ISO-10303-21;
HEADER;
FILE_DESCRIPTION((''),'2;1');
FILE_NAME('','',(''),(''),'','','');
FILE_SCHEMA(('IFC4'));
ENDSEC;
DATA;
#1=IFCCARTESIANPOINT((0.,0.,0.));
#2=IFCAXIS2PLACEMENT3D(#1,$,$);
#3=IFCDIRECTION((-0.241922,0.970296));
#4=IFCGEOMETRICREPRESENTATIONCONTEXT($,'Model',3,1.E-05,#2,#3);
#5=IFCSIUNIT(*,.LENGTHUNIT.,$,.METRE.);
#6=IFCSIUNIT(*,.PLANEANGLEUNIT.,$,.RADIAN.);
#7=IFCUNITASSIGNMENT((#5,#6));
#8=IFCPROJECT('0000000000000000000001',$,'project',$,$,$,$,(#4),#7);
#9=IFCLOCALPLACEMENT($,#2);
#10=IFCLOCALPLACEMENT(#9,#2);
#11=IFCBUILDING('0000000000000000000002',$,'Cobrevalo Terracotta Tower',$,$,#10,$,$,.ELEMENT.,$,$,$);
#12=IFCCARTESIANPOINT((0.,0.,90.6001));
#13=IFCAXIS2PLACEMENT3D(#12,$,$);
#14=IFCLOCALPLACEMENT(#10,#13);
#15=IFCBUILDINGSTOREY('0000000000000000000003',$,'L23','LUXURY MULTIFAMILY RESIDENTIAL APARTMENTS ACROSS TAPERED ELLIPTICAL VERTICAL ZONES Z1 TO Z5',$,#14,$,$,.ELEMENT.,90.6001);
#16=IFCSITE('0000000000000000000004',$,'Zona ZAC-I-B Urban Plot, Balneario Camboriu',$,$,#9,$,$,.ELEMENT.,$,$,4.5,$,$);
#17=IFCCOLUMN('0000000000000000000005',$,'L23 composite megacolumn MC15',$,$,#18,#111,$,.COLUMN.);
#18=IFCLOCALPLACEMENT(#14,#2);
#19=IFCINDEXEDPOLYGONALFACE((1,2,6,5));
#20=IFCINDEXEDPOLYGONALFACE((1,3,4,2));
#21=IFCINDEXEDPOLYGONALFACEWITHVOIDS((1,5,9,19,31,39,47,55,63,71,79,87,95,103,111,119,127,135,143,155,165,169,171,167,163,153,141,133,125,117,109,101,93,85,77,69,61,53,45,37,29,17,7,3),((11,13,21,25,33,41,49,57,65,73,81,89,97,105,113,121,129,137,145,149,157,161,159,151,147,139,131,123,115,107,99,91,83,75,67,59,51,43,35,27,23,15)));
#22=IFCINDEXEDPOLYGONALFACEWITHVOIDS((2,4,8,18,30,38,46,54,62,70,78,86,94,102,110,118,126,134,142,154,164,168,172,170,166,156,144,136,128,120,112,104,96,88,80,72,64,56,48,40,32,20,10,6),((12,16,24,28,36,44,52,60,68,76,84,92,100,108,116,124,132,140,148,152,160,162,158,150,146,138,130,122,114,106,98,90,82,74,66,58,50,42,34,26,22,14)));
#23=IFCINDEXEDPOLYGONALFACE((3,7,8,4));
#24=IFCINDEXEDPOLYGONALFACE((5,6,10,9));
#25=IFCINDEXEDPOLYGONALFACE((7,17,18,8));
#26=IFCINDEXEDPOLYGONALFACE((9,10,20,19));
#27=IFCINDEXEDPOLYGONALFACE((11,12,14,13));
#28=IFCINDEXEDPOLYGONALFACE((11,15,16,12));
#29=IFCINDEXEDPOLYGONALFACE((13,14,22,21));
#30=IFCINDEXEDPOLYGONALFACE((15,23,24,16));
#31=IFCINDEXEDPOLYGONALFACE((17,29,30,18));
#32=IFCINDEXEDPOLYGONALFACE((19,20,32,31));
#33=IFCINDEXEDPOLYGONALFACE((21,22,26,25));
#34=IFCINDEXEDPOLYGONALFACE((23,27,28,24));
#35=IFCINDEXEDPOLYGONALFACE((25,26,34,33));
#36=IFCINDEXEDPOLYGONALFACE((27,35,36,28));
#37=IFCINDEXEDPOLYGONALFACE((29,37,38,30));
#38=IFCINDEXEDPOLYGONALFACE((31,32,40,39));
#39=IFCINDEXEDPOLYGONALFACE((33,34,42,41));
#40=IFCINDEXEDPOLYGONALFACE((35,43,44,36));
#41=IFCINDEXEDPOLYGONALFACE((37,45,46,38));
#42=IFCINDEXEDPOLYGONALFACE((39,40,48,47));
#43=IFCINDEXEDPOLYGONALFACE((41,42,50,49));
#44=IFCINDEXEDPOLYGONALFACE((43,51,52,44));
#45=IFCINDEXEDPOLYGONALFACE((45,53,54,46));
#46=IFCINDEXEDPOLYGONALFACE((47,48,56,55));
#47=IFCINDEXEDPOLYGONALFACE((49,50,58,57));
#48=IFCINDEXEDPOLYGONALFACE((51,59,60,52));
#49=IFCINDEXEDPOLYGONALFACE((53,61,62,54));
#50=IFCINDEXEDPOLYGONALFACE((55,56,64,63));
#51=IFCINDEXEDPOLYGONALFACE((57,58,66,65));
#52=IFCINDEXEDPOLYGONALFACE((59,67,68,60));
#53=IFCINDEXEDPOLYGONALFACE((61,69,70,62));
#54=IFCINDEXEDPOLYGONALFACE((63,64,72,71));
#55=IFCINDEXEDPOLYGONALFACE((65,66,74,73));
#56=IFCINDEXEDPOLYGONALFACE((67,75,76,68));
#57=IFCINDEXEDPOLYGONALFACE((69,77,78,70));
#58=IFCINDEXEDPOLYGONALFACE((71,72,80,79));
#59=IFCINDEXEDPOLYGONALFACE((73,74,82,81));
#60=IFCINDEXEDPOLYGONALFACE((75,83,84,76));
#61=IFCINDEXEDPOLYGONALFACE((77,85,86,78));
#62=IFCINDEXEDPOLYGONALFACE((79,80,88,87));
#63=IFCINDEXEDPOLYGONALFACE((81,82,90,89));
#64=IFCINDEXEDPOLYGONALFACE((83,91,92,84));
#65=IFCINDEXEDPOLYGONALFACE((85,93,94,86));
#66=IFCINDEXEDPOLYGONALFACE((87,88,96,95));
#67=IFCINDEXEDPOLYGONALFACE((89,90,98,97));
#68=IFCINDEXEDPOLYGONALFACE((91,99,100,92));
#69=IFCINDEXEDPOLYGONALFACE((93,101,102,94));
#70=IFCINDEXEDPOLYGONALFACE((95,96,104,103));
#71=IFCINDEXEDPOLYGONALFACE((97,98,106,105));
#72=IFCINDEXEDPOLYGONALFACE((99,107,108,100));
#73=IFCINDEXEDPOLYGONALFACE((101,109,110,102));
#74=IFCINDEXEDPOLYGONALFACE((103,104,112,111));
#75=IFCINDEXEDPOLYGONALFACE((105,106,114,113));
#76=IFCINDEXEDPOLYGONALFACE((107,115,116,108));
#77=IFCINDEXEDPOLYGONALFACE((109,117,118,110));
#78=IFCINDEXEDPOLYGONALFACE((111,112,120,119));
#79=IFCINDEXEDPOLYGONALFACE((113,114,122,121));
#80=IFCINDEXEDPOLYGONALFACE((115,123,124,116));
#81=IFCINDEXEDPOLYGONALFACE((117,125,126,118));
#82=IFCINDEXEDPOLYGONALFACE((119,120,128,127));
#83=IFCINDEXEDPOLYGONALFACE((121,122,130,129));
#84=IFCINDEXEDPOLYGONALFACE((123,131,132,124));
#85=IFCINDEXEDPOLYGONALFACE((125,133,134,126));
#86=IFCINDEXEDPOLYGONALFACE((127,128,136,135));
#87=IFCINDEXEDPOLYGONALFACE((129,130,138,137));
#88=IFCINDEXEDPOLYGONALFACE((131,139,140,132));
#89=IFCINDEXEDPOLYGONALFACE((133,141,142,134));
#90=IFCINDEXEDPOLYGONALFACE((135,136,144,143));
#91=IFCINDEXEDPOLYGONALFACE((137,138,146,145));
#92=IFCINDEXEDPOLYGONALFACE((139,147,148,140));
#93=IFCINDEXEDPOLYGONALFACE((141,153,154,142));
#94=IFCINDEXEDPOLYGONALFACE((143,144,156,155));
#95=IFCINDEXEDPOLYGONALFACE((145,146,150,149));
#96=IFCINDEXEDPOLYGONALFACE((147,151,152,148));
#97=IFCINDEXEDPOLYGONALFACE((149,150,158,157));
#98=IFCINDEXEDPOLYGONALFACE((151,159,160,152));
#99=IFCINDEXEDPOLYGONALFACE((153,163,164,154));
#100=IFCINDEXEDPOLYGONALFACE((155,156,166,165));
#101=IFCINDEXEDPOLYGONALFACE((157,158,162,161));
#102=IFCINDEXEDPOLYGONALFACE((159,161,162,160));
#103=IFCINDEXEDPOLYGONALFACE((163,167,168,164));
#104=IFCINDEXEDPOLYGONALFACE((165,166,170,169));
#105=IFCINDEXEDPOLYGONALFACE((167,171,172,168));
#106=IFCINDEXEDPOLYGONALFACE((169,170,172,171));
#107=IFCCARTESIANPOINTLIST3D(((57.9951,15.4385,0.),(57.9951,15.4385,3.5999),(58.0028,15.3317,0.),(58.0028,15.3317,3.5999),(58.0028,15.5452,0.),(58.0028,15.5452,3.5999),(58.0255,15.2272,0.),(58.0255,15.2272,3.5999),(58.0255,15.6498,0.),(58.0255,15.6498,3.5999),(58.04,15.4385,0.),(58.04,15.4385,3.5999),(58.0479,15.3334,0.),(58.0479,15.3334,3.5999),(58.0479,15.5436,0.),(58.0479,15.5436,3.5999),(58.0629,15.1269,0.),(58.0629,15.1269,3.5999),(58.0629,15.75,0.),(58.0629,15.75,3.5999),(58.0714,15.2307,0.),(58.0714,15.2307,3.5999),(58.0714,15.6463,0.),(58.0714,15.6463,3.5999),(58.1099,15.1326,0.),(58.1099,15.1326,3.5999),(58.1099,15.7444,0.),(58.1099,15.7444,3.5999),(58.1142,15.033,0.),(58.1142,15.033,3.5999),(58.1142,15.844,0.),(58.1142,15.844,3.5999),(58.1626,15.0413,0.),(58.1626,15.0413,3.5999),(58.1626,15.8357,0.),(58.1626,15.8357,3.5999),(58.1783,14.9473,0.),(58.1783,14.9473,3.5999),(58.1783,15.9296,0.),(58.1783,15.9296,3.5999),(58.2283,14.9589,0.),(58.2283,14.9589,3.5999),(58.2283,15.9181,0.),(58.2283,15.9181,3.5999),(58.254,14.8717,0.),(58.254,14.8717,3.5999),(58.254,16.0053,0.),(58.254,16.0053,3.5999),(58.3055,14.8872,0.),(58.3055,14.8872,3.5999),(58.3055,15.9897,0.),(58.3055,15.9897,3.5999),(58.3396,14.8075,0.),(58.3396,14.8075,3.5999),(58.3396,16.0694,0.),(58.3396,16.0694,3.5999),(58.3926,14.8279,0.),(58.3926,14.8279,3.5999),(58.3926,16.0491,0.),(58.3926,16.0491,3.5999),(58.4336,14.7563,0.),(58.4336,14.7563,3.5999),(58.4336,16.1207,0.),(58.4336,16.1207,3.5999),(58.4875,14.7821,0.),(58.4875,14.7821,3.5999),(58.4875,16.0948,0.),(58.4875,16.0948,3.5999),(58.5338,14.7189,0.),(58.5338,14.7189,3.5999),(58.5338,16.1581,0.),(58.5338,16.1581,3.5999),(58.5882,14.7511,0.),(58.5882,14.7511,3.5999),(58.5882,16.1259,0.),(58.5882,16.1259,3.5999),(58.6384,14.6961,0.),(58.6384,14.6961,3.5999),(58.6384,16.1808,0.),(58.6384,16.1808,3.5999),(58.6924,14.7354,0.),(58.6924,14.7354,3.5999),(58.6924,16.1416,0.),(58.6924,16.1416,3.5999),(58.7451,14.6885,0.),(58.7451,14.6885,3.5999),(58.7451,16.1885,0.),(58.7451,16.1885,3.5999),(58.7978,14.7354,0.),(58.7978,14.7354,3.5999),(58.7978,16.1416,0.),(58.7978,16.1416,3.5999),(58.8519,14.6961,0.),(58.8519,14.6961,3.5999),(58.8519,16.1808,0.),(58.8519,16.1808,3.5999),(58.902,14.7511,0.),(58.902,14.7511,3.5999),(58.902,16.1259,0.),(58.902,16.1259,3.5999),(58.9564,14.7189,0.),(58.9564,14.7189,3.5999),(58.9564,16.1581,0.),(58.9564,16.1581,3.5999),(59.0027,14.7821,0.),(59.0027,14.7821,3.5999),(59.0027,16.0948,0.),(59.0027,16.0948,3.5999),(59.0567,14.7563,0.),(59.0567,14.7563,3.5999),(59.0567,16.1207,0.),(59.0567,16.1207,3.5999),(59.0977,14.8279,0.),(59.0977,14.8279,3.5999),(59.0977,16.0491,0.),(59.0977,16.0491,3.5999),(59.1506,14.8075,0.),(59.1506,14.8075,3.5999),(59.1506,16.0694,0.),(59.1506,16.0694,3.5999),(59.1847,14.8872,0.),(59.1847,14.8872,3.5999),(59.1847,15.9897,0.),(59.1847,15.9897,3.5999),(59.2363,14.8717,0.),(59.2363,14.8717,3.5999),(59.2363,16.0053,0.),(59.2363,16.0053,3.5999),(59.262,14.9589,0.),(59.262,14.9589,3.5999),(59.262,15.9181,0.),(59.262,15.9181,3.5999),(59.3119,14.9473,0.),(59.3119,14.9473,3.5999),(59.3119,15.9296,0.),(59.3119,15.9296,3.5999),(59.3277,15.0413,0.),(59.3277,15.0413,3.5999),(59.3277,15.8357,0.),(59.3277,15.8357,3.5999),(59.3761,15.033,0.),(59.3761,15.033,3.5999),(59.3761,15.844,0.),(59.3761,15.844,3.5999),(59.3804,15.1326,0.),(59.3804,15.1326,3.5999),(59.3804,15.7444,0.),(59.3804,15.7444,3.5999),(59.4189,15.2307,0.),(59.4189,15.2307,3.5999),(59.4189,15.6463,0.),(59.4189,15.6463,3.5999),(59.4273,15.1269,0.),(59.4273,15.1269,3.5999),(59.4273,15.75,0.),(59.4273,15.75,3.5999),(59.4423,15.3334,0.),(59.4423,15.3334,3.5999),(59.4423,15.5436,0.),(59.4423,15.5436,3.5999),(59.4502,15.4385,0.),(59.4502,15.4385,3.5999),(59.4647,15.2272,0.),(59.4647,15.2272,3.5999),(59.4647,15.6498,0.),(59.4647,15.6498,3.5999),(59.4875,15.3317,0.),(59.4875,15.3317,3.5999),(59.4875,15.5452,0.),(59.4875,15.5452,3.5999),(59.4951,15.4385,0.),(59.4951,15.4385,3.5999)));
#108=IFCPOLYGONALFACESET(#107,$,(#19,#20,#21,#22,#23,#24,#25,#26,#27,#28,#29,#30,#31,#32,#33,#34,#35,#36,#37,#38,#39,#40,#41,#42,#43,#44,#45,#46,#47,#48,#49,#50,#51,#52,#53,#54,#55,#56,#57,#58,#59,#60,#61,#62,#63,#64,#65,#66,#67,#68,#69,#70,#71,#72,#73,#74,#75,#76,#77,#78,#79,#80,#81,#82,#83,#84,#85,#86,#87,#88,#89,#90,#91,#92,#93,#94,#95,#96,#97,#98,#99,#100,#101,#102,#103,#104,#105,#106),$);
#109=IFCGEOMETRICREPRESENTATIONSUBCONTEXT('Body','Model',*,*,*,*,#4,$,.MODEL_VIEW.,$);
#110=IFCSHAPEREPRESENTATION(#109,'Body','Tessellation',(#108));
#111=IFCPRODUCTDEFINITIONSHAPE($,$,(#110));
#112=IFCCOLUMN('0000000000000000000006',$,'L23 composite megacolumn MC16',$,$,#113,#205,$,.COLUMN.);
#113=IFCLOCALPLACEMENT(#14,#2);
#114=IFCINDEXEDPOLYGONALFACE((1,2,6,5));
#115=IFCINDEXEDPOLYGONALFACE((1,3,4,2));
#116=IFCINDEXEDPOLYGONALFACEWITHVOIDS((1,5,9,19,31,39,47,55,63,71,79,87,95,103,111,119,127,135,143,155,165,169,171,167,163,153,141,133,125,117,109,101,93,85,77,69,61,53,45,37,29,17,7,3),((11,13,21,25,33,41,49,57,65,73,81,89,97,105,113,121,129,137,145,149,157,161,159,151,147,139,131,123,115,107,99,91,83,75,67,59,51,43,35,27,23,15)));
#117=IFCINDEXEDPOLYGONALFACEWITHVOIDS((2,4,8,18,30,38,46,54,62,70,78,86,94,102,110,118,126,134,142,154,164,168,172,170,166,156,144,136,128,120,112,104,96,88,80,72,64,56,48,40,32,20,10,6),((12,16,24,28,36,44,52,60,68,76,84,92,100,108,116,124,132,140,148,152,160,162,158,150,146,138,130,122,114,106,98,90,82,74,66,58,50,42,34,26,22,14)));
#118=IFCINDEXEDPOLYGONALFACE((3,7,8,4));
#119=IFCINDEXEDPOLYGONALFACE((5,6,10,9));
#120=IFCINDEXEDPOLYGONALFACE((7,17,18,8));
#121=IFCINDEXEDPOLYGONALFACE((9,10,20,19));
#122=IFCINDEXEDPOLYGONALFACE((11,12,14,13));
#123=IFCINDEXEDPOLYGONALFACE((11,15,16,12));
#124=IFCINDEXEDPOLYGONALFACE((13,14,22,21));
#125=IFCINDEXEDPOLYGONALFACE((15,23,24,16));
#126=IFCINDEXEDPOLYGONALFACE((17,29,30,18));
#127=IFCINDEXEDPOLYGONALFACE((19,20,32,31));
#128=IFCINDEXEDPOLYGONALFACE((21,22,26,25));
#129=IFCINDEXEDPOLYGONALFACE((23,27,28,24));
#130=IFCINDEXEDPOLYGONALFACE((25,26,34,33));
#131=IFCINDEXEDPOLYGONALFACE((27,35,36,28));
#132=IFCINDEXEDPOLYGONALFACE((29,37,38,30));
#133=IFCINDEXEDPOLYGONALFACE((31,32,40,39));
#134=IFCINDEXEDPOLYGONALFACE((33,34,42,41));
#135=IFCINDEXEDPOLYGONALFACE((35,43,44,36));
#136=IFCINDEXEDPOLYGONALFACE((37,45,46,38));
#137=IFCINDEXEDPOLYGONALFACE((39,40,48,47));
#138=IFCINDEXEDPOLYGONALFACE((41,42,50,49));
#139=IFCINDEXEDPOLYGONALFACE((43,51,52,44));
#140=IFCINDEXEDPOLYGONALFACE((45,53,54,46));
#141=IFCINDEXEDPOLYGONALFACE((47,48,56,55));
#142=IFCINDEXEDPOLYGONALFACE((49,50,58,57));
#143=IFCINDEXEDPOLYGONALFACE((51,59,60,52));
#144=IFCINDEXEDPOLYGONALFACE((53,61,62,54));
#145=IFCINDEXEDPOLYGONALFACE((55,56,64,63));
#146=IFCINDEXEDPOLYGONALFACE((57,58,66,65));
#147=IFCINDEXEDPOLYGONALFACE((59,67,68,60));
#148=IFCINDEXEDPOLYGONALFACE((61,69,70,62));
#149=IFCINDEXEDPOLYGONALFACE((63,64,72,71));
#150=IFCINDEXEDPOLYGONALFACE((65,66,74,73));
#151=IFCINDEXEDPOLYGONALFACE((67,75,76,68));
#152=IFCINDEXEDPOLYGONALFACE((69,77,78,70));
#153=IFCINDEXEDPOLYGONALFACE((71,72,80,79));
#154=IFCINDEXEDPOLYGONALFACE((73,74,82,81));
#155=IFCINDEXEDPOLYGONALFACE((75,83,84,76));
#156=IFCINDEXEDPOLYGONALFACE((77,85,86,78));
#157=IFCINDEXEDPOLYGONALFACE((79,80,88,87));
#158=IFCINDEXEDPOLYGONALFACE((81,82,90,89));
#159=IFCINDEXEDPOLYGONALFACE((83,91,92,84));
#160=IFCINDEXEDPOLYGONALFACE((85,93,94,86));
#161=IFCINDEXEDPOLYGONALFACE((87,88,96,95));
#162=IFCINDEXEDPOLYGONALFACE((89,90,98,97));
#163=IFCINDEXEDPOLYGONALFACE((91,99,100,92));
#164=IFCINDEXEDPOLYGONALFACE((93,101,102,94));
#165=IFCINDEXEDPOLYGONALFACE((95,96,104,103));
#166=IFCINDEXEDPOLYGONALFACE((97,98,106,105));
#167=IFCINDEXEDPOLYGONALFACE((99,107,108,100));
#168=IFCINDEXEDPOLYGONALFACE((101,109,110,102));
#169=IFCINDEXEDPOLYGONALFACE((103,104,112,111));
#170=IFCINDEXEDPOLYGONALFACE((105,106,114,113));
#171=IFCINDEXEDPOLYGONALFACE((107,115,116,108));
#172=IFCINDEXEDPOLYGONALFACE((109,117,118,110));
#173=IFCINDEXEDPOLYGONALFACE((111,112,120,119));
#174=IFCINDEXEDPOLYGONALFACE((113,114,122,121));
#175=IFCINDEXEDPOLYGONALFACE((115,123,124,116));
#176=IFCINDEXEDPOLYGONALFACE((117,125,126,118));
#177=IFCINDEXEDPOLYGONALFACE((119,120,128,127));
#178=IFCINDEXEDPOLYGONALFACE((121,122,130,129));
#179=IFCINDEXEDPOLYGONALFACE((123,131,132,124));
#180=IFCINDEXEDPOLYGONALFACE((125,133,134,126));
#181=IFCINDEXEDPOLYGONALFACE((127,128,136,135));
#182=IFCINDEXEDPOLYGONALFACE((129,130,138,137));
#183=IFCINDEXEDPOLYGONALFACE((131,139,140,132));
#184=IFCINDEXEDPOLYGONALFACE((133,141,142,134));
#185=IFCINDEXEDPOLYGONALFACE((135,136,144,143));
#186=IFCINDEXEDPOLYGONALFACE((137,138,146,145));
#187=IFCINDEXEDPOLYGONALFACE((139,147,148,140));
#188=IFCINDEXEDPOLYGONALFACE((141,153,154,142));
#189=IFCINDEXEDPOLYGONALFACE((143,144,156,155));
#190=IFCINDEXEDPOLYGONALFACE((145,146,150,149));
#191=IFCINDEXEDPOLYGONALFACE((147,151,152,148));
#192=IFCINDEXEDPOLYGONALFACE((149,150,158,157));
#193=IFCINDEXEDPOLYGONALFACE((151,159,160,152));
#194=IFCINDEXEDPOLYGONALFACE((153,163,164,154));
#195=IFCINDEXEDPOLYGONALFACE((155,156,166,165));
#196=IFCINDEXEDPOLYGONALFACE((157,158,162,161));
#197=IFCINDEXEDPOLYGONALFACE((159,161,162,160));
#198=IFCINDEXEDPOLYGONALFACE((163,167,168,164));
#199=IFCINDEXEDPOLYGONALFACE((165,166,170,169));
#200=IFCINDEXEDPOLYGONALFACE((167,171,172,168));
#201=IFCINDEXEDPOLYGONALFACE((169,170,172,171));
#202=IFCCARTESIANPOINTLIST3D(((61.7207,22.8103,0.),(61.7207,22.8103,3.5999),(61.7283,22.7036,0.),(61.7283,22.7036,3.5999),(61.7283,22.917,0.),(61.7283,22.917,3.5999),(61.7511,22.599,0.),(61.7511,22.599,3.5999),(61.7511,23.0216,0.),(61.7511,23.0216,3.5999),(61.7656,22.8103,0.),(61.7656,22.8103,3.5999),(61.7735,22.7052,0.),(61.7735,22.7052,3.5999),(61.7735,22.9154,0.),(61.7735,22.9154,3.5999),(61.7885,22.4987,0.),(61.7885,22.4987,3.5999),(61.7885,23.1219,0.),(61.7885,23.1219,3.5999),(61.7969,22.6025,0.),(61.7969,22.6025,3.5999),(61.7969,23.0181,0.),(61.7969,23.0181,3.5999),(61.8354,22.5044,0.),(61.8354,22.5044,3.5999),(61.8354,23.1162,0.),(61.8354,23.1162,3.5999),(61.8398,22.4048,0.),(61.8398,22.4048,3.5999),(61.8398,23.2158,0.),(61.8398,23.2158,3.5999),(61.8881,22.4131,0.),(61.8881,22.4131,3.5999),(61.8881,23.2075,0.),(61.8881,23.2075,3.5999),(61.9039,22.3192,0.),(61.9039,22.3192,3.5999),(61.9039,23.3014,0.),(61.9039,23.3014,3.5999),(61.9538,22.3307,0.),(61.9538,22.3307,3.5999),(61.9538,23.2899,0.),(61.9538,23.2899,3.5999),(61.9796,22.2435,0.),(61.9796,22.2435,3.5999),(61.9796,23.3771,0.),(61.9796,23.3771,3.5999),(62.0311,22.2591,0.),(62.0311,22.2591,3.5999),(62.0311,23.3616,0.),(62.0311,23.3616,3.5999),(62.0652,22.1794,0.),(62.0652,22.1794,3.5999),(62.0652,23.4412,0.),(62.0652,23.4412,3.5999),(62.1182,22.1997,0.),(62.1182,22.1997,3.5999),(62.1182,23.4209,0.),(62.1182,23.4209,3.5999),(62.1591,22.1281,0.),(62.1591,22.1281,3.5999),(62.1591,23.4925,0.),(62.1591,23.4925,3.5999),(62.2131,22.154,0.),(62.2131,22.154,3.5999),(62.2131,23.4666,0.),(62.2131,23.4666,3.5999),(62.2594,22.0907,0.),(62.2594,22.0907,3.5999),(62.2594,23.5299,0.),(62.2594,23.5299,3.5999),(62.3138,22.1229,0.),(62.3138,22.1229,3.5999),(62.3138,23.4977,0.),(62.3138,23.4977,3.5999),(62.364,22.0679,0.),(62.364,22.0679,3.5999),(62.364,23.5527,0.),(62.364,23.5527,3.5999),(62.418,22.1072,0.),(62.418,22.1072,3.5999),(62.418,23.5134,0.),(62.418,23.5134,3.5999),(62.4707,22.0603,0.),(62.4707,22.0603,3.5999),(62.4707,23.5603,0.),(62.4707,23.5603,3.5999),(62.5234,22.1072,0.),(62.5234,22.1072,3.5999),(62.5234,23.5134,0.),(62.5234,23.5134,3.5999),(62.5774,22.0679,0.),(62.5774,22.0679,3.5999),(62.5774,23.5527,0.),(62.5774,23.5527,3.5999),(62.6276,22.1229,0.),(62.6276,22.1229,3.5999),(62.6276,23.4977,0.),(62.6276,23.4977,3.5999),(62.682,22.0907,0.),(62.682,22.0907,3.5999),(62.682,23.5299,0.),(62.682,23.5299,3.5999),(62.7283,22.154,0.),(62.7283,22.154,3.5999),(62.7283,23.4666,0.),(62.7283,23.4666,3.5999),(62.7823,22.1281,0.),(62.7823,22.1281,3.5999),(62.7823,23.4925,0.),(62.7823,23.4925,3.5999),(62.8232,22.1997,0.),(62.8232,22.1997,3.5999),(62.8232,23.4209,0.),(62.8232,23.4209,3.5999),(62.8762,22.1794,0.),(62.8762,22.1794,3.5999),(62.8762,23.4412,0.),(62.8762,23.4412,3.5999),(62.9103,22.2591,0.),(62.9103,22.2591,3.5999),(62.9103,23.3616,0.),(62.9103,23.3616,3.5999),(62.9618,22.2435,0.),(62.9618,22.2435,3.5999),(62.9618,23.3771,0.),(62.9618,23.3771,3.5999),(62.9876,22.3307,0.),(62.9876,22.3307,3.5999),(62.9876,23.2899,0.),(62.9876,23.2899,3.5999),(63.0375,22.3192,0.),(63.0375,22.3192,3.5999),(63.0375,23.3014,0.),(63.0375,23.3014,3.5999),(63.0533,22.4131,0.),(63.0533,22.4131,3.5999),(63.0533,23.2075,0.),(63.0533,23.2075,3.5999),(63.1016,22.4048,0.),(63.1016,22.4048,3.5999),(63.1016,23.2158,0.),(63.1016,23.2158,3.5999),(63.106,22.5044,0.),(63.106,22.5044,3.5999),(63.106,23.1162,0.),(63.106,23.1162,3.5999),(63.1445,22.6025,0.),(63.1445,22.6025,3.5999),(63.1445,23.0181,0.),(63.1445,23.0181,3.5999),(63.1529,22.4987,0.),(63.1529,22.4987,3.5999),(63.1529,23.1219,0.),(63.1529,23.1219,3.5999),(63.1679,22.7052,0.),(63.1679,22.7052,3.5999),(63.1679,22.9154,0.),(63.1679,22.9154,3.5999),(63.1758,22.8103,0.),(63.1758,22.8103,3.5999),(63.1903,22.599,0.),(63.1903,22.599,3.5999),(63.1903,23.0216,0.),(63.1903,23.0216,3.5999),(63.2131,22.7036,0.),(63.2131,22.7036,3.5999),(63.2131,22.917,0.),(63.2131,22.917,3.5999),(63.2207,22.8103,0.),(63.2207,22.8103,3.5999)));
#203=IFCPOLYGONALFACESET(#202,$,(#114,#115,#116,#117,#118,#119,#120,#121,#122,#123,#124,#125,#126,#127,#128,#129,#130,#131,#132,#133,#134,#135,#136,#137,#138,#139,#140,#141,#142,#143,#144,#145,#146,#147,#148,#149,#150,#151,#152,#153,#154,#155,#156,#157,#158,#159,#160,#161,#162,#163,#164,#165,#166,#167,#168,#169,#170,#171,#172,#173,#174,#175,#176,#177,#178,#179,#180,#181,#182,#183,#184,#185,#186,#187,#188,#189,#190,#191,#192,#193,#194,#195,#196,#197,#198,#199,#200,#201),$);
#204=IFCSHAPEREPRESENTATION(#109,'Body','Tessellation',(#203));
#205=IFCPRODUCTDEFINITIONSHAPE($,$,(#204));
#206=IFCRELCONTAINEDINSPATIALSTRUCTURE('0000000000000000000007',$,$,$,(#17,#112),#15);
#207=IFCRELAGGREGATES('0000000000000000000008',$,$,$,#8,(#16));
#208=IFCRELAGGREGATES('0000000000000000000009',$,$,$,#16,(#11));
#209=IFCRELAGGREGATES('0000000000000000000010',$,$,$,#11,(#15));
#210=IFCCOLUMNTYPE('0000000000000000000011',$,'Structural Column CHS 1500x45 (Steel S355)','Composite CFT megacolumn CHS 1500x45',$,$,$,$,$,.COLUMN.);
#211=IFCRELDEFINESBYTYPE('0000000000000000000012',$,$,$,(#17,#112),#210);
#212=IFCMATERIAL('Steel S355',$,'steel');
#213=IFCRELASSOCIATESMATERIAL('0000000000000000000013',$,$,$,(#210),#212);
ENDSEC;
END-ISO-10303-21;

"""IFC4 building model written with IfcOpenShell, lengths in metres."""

from ifc_helpers import new_model, si_unit, direction, frame, origin, origin_2d, place, context, subcontext, project, spatial, hollow_circle, extrude, material, material_profile, profile_set, type_object, element, save


model = new_model("IFC4")

# Units and contexts
model_context = context("Model", 3, precision=1e-05, world=origin(), true_north=direction((-0.241922, 0.970296)))
body_context = subcontext(model_context, "Body", "Model", "MODEL_VIEW")
ifc_project = project(units=[si_unit("LENGTHUNIT", "METRE"), si_unit("PLANEANGLEUNIT", "RADIAN")], contexts=[model_context])

# Site, building, storey
site_placement = place(None, origin())
site = spatial("IfcSite", under=ifc_project, at=site_placement, Name="Zona ZAC-I-B Urban Plot, Balneario Camboriu", CompositionType="ELEMENT", RefElevation=4.5)
building_placement = place(site_placement, origin())
building = spatial("IfcBuilding", under=site, at=building_placement, Name="Cobrevalo Terracotta Tower", CompositionType="ELEMENT")
storey_placement = place(building_placement, frame((0.0, 0.0, 90.6001)))
storey = spatial("IfcBuildingStorey", under=building, at=storey_placement, Name="L23", Description="LUXURY MULTIFAMILY RESIDENTIAL APARTMENTS ACROSS TAPERED ELLIPTICAL VERTICAL ZONES Z1 TO Z5", CompositionType="ELEMENT", Elevation=90.6001)

# Columns
ifc_material_1 = material(Name="Steel S355", Category="steel")
ifc_material_profile_1 = material_profile(ifc_material_1, hollow_circle(Radius=0.75, WallThickness=0.0449, at=origin_2d()), Name="CHS 1500x45")
ifc_profile_set_1 = profile_set([ifc_material_profile_1], Name="Steel S355")
column_type = type_object("IfcColumnType", Name="Structural Column CHS 1500x45 (Steel S355)", Description="Composite CFT megacolumn CHS 1500x45", PredefinedType="COLUMN", material=ifc_profile_set_1)
for number, where, z_axis, x_axis, name in (
    (1, (58.7451, 15.4385, 0.0), (0.0, 0.0, 1.0), (1.0, 0.0, 0.0), "L23 composite megacolumn MC15"),
    (2, (62.4707, 22.8103, 0.0), (0.0, 0.0, 1.0), (1.0, 0.0, 0.0), "L23 composite megacolumn MC16"),
):
    element("IfcColumn", number, at=place(storey_placement, frame(where, z_axis=z_axis, x_axis=x_axis)), inside=storey, type_object=column_type, Name=name, PredefinedType="COLUMN", context=body_context, shape_type="SweptSolid", body=[
        extrude(hollow_circle(Radius=0.75, WallThickness=0.0449, at=origin_2d()), origin(), (0.0, 0.0, 1.0), 3.5999),
    ])

save(model, "model.ifc")
